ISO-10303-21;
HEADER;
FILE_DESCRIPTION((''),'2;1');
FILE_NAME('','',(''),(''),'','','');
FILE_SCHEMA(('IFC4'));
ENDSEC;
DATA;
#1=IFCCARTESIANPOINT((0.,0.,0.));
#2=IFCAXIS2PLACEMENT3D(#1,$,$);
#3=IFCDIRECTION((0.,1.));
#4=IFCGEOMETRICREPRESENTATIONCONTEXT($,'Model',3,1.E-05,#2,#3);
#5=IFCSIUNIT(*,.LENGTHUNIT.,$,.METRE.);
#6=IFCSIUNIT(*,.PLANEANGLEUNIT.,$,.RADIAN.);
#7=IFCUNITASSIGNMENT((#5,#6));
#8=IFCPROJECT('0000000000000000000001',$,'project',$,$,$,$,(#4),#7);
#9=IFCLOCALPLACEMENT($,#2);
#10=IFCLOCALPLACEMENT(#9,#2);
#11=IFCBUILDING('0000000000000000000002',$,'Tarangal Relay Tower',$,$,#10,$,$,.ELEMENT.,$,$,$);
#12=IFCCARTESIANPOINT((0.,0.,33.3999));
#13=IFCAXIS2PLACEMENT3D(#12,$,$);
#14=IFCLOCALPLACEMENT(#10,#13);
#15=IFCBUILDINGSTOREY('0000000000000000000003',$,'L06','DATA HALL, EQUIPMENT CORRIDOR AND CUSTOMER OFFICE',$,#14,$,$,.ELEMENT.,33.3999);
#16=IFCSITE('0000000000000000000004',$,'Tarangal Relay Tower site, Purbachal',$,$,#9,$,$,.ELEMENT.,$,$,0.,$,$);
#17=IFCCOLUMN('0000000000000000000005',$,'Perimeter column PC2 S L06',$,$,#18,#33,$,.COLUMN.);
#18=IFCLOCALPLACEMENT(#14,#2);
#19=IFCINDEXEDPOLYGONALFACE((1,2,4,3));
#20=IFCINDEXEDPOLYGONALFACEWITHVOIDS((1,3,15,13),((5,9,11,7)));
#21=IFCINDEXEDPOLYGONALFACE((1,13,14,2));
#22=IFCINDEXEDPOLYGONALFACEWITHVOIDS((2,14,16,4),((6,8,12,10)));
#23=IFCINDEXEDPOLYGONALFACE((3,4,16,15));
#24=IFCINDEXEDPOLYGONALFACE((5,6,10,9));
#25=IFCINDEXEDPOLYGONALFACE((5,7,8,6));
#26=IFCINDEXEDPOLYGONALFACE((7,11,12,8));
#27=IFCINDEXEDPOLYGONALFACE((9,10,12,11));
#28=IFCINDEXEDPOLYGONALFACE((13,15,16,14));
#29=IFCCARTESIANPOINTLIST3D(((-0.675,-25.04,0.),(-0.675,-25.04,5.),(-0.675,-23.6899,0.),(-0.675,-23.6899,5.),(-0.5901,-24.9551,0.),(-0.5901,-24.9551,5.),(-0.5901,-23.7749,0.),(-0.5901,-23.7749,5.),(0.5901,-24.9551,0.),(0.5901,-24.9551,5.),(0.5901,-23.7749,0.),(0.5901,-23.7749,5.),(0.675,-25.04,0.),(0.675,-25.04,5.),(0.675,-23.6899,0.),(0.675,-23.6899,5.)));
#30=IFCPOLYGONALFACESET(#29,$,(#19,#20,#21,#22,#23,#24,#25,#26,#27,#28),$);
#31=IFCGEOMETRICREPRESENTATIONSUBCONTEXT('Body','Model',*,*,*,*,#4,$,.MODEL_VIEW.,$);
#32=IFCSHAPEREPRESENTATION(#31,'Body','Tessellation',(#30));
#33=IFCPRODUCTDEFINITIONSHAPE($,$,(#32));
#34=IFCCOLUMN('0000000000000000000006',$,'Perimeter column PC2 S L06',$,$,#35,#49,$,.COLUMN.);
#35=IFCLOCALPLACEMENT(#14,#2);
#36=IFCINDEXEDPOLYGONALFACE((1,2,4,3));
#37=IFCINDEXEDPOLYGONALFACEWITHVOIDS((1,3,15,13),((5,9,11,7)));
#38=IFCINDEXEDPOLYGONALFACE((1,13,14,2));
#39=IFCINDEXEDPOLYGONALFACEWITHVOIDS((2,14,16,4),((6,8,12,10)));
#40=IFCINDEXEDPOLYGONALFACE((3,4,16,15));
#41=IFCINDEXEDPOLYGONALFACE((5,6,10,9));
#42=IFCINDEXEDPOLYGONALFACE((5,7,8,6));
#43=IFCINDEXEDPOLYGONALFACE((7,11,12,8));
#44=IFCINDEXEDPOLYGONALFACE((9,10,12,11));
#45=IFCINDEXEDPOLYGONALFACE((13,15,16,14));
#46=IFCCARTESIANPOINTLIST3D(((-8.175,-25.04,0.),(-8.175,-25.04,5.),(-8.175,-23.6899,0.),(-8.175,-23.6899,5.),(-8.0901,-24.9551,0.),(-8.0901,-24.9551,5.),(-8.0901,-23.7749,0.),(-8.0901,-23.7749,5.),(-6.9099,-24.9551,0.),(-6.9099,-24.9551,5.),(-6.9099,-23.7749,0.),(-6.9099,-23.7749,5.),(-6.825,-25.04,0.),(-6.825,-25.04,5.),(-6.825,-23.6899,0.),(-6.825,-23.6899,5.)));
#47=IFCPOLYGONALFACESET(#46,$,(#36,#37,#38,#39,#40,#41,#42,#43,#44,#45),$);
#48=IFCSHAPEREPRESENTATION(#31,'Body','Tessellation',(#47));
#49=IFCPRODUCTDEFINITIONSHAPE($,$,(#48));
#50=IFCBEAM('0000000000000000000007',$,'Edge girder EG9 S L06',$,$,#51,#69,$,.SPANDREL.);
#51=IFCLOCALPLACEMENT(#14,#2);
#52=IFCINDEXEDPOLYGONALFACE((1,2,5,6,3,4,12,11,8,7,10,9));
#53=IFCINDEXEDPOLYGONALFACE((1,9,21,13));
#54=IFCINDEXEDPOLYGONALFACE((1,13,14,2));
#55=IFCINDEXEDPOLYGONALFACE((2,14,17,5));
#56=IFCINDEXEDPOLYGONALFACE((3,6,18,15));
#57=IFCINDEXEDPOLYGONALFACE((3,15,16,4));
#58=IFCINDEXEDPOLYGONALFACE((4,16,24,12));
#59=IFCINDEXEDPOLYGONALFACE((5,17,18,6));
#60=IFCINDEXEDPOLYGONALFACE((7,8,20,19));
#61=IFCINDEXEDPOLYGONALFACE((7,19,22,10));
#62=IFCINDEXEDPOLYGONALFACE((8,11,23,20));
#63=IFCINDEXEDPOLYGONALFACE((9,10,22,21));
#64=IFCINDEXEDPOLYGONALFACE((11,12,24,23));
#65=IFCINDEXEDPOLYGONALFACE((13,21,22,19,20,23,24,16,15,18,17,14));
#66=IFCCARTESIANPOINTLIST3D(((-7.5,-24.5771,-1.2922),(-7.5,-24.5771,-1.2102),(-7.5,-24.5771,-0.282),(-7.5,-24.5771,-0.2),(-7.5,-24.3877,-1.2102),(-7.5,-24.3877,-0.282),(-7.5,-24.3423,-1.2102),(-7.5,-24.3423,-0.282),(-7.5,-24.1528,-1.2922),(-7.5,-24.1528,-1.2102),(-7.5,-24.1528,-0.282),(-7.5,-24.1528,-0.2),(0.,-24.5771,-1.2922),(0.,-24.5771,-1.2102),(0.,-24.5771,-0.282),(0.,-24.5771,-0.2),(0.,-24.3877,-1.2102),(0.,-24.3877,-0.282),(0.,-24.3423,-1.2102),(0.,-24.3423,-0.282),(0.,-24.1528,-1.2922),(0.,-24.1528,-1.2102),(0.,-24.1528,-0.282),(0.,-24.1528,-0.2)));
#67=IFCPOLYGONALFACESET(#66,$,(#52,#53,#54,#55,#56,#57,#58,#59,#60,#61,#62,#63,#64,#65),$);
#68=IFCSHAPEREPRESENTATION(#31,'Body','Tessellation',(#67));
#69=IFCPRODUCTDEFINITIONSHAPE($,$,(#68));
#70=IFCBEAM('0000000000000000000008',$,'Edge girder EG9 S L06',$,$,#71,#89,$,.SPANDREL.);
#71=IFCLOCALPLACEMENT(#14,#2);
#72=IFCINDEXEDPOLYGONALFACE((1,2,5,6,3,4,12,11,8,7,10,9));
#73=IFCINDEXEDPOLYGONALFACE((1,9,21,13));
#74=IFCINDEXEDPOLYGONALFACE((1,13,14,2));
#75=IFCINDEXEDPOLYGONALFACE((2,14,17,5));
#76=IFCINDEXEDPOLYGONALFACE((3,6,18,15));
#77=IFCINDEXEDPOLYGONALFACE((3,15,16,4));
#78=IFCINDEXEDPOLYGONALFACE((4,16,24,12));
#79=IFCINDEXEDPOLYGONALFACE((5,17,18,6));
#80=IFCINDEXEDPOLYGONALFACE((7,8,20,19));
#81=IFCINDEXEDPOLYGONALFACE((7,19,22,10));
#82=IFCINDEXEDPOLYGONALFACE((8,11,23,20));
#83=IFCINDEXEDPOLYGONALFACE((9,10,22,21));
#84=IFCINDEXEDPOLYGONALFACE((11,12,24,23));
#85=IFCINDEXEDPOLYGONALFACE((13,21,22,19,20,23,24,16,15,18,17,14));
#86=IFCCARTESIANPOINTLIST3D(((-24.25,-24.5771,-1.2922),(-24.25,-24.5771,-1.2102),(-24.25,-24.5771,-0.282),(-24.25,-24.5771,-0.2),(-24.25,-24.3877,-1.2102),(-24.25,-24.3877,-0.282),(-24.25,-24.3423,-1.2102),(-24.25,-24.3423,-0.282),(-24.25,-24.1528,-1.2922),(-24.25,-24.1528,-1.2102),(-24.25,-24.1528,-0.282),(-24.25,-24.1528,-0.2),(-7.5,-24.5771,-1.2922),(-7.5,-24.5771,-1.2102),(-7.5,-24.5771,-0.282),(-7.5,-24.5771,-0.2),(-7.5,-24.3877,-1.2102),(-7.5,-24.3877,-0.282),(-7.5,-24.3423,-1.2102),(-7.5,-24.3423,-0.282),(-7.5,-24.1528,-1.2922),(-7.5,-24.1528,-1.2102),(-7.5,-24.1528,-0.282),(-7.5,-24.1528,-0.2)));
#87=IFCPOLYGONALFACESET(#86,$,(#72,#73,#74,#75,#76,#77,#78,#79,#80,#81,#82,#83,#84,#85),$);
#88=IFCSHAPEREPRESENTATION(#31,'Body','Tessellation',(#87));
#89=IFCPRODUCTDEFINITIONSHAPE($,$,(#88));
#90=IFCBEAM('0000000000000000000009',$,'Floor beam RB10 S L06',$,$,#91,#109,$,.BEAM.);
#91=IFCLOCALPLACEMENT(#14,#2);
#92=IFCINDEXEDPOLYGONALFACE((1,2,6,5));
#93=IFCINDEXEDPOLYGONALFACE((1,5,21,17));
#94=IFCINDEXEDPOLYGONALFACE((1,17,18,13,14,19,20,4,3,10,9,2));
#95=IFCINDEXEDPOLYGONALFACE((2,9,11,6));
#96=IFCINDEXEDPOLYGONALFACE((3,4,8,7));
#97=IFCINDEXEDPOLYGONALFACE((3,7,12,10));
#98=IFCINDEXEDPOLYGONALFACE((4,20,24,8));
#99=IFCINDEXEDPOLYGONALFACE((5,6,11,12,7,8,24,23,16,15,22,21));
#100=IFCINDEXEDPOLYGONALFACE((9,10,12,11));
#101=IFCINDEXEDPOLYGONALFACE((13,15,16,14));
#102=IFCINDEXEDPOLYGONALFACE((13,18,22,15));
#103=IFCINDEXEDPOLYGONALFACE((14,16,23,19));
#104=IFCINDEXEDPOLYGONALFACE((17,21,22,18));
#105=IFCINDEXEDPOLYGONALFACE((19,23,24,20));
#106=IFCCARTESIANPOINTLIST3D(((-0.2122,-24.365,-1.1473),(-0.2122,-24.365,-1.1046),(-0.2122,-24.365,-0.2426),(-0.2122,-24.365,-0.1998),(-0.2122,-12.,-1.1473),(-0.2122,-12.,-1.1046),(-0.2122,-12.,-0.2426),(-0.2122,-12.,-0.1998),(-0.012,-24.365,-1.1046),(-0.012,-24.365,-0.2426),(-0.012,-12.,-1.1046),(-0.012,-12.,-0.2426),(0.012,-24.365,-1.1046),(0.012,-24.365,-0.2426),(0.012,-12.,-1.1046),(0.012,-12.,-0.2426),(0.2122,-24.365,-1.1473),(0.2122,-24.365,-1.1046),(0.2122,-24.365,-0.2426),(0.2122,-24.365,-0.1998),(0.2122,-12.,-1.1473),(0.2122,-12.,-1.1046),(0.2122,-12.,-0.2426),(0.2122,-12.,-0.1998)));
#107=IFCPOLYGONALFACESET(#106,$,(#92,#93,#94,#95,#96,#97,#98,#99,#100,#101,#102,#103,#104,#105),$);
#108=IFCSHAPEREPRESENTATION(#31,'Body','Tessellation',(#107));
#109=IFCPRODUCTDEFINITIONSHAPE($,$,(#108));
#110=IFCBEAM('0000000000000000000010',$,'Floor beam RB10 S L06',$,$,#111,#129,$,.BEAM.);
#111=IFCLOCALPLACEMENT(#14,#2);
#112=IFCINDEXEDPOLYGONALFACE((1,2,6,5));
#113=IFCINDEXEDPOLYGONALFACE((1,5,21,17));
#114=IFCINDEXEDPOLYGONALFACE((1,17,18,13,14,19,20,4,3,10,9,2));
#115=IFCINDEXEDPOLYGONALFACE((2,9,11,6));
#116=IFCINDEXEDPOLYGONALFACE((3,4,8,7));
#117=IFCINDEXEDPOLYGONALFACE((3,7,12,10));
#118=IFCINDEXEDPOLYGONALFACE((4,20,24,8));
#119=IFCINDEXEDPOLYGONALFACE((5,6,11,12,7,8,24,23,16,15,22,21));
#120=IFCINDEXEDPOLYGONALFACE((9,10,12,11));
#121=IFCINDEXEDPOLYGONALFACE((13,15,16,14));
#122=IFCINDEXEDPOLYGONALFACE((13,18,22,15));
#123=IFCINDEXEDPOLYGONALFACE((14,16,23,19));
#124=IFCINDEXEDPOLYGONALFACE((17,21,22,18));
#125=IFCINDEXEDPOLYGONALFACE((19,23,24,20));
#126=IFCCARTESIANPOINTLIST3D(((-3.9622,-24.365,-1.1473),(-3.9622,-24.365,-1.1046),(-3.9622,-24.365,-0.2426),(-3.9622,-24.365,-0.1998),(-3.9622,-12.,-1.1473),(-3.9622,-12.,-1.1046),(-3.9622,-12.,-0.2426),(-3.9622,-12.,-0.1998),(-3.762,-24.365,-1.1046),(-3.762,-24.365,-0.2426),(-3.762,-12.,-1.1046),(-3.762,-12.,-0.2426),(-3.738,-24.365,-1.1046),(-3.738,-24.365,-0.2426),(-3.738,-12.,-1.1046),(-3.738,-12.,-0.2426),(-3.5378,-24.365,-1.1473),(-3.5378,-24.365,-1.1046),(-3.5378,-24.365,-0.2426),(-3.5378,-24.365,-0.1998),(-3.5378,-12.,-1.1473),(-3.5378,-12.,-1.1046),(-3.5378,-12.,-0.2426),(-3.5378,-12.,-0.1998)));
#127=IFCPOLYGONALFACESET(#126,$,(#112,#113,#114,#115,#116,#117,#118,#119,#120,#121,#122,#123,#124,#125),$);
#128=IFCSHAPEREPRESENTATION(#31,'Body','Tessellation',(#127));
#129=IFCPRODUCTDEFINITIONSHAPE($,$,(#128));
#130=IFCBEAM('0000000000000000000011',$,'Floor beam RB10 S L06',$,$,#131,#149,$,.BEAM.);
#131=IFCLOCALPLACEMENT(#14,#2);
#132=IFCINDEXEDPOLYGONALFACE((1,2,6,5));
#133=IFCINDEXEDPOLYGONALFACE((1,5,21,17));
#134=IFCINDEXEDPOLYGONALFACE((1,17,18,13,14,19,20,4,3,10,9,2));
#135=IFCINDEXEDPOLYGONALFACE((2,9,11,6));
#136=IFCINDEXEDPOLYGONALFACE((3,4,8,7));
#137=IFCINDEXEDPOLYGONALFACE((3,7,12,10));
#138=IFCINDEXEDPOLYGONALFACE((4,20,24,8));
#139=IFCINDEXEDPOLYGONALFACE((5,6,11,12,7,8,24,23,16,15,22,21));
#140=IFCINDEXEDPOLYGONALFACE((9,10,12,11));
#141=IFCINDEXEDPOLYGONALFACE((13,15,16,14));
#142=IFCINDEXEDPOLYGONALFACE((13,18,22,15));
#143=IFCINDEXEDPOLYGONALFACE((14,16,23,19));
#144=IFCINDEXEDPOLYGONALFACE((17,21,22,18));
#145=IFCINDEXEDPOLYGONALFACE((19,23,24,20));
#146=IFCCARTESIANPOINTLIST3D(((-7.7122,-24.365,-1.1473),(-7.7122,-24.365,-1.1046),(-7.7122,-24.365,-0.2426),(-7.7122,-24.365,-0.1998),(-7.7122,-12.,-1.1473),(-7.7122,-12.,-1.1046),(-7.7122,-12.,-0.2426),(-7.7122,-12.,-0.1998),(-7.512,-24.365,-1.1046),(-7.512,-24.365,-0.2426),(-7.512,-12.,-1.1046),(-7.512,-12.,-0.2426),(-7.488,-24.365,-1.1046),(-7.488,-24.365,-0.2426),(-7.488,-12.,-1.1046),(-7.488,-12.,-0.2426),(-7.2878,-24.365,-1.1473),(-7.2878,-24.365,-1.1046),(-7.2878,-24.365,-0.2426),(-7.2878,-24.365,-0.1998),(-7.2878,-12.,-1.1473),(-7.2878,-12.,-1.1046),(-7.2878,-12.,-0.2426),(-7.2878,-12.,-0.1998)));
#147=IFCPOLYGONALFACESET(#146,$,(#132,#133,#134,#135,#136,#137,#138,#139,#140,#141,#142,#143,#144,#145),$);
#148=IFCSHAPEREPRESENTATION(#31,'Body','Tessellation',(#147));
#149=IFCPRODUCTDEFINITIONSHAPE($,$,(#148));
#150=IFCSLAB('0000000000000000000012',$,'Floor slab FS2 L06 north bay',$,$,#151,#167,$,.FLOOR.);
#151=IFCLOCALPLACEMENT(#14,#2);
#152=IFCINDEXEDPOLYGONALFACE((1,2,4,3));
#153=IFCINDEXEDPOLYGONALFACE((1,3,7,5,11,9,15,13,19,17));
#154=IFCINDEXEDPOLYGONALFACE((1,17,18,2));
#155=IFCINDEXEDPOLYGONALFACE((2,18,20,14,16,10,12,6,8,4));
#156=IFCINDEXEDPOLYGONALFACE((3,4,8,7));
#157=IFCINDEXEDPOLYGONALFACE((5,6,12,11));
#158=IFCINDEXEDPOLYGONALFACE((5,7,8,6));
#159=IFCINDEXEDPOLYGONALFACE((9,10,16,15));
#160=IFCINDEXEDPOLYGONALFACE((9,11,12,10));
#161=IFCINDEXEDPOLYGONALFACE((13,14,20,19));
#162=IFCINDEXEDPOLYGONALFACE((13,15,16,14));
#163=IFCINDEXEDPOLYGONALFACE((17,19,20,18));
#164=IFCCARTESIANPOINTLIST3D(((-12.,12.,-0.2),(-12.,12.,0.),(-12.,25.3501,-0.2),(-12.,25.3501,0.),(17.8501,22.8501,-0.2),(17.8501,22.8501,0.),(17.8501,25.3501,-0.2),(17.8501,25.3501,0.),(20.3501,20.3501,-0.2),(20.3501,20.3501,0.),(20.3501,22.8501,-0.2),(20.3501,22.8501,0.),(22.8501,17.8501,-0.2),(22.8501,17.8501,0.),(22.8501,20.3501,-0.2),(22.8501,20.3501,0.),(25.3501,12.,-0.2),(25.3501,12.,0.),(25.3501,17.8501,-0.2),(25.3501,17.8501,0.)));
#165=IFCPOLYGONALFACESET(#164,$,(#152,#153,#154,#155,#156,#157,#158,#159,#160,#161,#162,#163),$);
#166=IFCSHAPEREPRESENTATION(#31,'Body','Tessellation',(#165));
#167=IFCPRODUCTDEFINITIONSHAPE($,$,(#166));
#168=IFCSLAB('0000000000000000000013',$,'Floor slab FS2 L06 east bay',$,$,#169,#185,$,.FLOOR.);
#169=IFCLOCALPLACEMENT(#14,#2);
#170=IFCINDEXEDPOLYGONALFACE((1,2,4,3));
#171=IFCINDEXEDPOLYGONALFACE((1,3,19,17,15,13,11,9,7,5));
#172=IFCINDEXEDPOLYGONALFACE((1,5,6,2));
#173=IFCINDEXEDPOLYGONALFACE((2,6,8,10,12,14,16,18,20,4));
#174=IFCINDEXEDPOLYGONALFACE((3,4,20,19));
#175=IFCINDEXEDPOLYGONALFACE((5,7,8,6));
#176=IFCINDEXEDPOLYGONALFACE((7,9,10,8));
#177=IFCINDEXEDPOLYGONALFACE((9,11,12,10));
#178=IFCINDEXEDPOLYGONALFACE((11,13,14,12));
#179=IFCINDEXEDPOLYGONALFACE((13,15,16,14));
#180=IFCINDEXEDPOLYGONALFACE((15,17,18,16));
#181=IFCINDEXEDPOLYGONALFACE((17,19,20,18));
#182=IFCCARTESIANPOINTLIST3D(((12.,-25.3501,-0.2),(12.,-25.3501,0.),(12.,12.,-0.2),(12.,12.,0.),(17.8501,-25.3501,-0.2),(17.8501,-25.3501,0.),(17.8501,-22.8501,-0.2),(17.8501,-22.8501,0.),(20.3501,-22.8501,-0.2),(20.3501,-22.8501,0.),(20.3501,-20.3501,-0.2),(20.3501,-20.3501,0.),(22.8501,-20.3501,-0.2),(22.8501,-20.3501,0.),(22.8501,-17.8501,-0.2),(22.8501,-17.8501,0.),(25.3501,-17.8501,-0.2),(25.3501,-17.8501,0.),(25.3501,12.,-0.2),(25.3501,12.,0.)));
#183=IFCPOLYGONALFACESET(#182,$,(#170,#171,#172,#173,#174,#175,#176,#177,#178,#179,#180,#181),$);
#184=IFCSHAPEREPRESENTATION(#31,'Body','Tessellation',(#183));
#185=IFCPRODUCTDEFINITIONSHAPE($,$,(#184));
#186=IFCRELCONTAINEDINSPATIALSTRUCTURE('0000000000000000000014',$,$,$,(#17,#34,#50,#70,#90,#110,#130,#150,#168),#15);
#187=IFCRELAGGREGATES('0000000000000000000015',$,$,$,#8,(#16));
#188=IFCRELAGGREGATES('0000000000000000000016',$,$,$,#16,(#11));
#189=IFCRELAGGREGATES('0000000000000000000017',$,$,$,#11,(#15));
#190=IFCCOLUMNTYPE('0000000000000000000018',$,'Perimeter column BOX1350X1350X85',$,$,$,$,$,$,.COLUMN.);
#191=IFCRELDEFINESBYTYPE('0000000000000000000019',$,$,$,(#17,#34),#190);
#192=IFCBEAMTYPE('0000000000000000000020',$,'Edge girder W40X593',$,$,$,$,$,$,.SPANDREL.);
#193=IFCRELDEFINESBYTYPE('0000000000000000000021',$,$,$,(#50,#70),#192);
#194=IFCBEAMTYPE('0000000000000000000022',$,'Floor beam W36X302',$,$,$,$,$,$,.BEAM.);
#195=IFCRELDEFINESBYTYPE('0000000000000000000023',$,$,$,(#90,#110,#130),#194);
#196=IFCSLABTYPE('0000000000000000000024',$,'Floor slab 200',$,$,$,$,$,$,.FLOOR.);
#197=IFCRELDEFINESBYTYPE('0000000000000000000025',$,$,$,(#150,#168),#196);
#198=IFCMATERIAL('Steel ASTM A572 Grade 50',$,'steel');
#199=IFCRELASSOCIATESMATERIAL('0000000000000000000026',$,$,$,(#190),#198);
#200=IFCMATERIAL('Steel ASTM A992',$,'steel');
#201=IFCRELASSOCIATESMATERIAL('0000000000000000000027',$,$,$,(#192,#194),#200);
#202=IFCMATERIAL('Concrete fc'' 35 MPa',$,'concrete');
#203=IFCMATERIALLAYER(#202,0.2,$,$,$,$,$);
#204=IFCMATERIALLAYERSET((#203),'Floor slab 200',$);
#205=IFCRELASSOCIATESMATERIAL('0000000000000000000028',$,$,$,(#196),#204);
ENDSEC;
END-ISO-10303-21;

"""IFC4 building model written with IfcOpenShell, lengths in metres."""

from ifc_helpers import new_model, si_unit, direction, frame, origin, origin_2d, place, context, subcontext, project, spatial, polyline, hollow_rectangle, i_section, outline, extrude, material, layer, layer_set, material_profile, profile_set, type_object, element, save


model = new_model("IFC4")

# Units and contexts
model_context = context("Model", 3, precision=1e-05, world=origin(), true_north=direction((0.0, 1.0)))
body_context = subcontext(model_context, "Body", "Model", "MODEL_VIEW")
ifc_project = project(units=[si_unit("LENGTHUNIT", "METRE"), si_unit("PLANEANGLEUNIT", "RADIAN")], contexts=[model_context])

# Site, building, storey
site_placement = place(None, origin())
site = spatial("IfcSite", under=ifc_project, at=site_placement, Name="Tarangal Relay Tower site, Purbachal", CompositionType="ELEMENT", RefElevation=0.0)
building_placement = place(site_placement, origin())
building = spatial("IfcBuilding", under=site, at=building_placement, Name="Tarangal Relay Tower", CompositionType="ELEMENT")
storey_placement = place(building_placement, frame((0.0, 0.0, 33.3999)))
storey = spatial("IfcBuildingStorey", under=building, at=storey_placement, Name="L06", Description="DATA HALL, EQUIPMENT CORRIDOR AND CUSTOMER OFFICE", CompositionType="ELEMENT", Elevation=33.3999)

# Columns
ifc_material_1 = material(Name="Steel ASTM A572 Grade 50", Category="steel")
ifc_material_profile_1 = material_profile(ifc_material_1, hollow_rectangle(XDim=1.3501, YDim=1.3501, WallThickness=0.085, at=origin_2d()), Name="BOX1350X1350X85")
ifc_profile_set_1 = profile_set([ifc_material_profile_1], Name="Steel ASTM A572 Grade 50")
column_type = type_object("IfcColumnType", Name="Perimeter column BOX1350X1350X85", PredefinedType="COLUMN", material=ifc_profile_set_1)
for number, where, z_axis, x_axis, name in (
    (1, (0.0, -24.365, 0.0), (0.0, 0.0, 1.0), (1.0, 0.0, 0.0), "Perimeter column PC2 S L06"),
    (2, (-7.5, -24.365, 0.0), (0.0, 0.0, 1.0), (1.0, 0.0, 0.0), "Perimeter column PC2 S L06"),
):
    element("IfcColumn", number, at=place(storey_placement, frame(where, z_axis=z_axis, x_axis=x_axis)), inside=storey, type_object=column_type, Name=name, PredefinedType="COLUMN", context=body_context, shape_type="SweptSolid", body=[
        extrude(hollow_rectangle(XDim=1.3501, YDim=1.3501, WallThickness=0.085, at=origin_2d()), origin(), (0.0, 0.0, 1.0), 5.0),
    ])

# Beams
ifc_material_2 = material(Name="Steel ASTM A992", Category="steel")
ifc_material_profile_2 = material_profile(ifc_material_2, i_section(OverallWidth=0.4243, OverallDepth=1.0923, WebThickness=0.0454, FlangeThickness=0.082, at=origin_2d()), Name="W40X593")
ifc_profile_set_2 = profile_set([ifc_material_profile_2], Name="Steel ASTM A992")
beam_type_1 = type_object("IfcBeamType", Name="Edge girder W40X593", PredefinedType="SPANDREL", material=ifc_profile_set_2)
beam_1_placement = place(storey_placement, frame((0.0, -24.365, -0.7461), z_axis=(-1.0, 0.0, 0.0), x_axis=(0.0, -1.0, 0.0)))
element("IfcBeam", 3, at=beam_1_placement, inside=storey, type_object=beam_type_1, Name="Edge girder EG9 S L06", PredefinedType="SPANDREL", context=body_context, shape_type="SweptSolid", body=[
    extrude(i_section(OverallWidth=0.4243, OverallDepth=1.0923, WebThickness=0.0454, FlangeThickness=0.082, at=origin_2d()), origin(), (0.0, 0.0, 1.0), 7.5),
])
beam_2_placement = place(storey_placement, frame((-7.5, -24.365, -0.7461), z_axis=(-1.0, 0.0, 0.0), x_axis=(0.0, -1.0, 0.0)))
element("IfcBeam", 4, at=beam_2_placement, inside=storey, type_object=beam_type_1, Name="Edge girder EG9 S L06", PredefinedType="SPANDREL", context=body_context, shape_type="SweptSolid", body=[
    extrude(i_section(OverallWidth=0.4243, OverallDepth=1.0923, WebThickness=0.0454, FlangeThickness=0.082, at=origin_2d()), origin(), (0.0, 0.0, 1.0), 16.75),
])
ifc_material_profile_3 = material_profile(ifc_material_2, i_section(OverallWidth=0.4243, OverallDepth=0.9475, WebThickness=0.0239, FlangeThickness=0.0427, at=origin_2d()), Name="W36X302")
ifc_profile_set_3 = profile_set([ifc_material_profile_3], Name="Steel ASTM A992")
beam_type_2 = type_object("IfcBeamType", Name="Floor beam W36X302", PredefinedType="BEAM", material=ifc_profile_set_3)
for number, where, z_axis, x_axis, name in (
    (5, (0.0, -12.0, -0.6736), (0.0, -1.0, 0.0), (1.0, 0.0, 0.0), "Floor beam RB10 S L06"),
    (6, (-3.75, -12.0, -0.6736), (0.0, -1.0, 0.0), (1.0, 0.0, 0.0), "Floor beam RB10 S L06"),
    (7, (-7.5, -12.0, -0.6736), (0.0, -1.0, 0.0), (1.0, 0.0, 0.0), "Floor beam RB10 S L06"),
):
    element("IfcBeam", number, at=place(storey_placement, frame(where, z_axis=z_axis, x_axis=x_axis)), inside=storey, type_object=beam_type_2, Name=name, PredefinedType="BEAM", context=body_context, shape_type="SweptSolid", body=[
        extrude(i_section(OverallWidth=0.4243, OverallDepth=0.9475, WebThickness=0.0239, FlangeThickness=0.0427, at=origin_2d()), origin(), (0.0, 0.0, 1.0), 12.365),
    ])

# Slabs
ifc_material_3 = material(Name="Concrete fc' 35 MPa", Category="concrete")
ifc_layer_1 = layer(ifc_material_3, 0.2)
ifc_layer_set_1 = layer_set([ifc_layer_1], Name="Floor slab 200")
slab_type = type_object("IfcSlabType", Name="Floor slab 200", PredefinedType="FLOOR", material=ifc_layer_set_1)
slab_1_placement = place(storey_placement, frame((0.0, 0.0, -0.2)))
element("IfcSlab", 8, at=slab_1_placement, inside=storey, type_object=slab_type, Name="Floor slab FS2 L06 north bay", PredefinedType="FLOOR", context=body_context, shape_type="SweptSolid", body=[
    extrude(outline(polyline([(17.8501, 25.3501), (17.8501, 22.8501), (20.3501, 22.8501), (20.3501, 20.3501), (22.8501, 20.3501), (22.8501, 17.8501), (25.3501, 17.8501), (25.3501, 12.0), (-12.0, 12.0), (-12.0, 25.3501), (17.8501, 25.3501)])), origin(), (0.0, 0.0, 1.0), 0.2),
])
slab_2_placement = place(storey_placement, frame((0.0, 0.0, -0.2)))
element("IfcSlab", 9, at=slab_2_placement, inside=storey, type_object=slab_type, Name="Floor slab FS2 L06 east bay", PredefinedType="FLOOR", context=body_context, shape_type="SweptSolid", body=[
    extrude(outline(polyline([(25.3501, -17.8501), (22.8501, -17.8501), (22.8501, -20.3501), (20.3501, -20.3501), (20.3501, -22.8501), (17.8501, -22.8501), (17.8501, -25.3501), (12.0, -25.3501), (12.0, 12.0), (25.3501, 12.0), (25.3501, -17.8501)])), origin(), (0.0, 0.0, 1.0), 0.2),
])

save(model, "model.ifc")
